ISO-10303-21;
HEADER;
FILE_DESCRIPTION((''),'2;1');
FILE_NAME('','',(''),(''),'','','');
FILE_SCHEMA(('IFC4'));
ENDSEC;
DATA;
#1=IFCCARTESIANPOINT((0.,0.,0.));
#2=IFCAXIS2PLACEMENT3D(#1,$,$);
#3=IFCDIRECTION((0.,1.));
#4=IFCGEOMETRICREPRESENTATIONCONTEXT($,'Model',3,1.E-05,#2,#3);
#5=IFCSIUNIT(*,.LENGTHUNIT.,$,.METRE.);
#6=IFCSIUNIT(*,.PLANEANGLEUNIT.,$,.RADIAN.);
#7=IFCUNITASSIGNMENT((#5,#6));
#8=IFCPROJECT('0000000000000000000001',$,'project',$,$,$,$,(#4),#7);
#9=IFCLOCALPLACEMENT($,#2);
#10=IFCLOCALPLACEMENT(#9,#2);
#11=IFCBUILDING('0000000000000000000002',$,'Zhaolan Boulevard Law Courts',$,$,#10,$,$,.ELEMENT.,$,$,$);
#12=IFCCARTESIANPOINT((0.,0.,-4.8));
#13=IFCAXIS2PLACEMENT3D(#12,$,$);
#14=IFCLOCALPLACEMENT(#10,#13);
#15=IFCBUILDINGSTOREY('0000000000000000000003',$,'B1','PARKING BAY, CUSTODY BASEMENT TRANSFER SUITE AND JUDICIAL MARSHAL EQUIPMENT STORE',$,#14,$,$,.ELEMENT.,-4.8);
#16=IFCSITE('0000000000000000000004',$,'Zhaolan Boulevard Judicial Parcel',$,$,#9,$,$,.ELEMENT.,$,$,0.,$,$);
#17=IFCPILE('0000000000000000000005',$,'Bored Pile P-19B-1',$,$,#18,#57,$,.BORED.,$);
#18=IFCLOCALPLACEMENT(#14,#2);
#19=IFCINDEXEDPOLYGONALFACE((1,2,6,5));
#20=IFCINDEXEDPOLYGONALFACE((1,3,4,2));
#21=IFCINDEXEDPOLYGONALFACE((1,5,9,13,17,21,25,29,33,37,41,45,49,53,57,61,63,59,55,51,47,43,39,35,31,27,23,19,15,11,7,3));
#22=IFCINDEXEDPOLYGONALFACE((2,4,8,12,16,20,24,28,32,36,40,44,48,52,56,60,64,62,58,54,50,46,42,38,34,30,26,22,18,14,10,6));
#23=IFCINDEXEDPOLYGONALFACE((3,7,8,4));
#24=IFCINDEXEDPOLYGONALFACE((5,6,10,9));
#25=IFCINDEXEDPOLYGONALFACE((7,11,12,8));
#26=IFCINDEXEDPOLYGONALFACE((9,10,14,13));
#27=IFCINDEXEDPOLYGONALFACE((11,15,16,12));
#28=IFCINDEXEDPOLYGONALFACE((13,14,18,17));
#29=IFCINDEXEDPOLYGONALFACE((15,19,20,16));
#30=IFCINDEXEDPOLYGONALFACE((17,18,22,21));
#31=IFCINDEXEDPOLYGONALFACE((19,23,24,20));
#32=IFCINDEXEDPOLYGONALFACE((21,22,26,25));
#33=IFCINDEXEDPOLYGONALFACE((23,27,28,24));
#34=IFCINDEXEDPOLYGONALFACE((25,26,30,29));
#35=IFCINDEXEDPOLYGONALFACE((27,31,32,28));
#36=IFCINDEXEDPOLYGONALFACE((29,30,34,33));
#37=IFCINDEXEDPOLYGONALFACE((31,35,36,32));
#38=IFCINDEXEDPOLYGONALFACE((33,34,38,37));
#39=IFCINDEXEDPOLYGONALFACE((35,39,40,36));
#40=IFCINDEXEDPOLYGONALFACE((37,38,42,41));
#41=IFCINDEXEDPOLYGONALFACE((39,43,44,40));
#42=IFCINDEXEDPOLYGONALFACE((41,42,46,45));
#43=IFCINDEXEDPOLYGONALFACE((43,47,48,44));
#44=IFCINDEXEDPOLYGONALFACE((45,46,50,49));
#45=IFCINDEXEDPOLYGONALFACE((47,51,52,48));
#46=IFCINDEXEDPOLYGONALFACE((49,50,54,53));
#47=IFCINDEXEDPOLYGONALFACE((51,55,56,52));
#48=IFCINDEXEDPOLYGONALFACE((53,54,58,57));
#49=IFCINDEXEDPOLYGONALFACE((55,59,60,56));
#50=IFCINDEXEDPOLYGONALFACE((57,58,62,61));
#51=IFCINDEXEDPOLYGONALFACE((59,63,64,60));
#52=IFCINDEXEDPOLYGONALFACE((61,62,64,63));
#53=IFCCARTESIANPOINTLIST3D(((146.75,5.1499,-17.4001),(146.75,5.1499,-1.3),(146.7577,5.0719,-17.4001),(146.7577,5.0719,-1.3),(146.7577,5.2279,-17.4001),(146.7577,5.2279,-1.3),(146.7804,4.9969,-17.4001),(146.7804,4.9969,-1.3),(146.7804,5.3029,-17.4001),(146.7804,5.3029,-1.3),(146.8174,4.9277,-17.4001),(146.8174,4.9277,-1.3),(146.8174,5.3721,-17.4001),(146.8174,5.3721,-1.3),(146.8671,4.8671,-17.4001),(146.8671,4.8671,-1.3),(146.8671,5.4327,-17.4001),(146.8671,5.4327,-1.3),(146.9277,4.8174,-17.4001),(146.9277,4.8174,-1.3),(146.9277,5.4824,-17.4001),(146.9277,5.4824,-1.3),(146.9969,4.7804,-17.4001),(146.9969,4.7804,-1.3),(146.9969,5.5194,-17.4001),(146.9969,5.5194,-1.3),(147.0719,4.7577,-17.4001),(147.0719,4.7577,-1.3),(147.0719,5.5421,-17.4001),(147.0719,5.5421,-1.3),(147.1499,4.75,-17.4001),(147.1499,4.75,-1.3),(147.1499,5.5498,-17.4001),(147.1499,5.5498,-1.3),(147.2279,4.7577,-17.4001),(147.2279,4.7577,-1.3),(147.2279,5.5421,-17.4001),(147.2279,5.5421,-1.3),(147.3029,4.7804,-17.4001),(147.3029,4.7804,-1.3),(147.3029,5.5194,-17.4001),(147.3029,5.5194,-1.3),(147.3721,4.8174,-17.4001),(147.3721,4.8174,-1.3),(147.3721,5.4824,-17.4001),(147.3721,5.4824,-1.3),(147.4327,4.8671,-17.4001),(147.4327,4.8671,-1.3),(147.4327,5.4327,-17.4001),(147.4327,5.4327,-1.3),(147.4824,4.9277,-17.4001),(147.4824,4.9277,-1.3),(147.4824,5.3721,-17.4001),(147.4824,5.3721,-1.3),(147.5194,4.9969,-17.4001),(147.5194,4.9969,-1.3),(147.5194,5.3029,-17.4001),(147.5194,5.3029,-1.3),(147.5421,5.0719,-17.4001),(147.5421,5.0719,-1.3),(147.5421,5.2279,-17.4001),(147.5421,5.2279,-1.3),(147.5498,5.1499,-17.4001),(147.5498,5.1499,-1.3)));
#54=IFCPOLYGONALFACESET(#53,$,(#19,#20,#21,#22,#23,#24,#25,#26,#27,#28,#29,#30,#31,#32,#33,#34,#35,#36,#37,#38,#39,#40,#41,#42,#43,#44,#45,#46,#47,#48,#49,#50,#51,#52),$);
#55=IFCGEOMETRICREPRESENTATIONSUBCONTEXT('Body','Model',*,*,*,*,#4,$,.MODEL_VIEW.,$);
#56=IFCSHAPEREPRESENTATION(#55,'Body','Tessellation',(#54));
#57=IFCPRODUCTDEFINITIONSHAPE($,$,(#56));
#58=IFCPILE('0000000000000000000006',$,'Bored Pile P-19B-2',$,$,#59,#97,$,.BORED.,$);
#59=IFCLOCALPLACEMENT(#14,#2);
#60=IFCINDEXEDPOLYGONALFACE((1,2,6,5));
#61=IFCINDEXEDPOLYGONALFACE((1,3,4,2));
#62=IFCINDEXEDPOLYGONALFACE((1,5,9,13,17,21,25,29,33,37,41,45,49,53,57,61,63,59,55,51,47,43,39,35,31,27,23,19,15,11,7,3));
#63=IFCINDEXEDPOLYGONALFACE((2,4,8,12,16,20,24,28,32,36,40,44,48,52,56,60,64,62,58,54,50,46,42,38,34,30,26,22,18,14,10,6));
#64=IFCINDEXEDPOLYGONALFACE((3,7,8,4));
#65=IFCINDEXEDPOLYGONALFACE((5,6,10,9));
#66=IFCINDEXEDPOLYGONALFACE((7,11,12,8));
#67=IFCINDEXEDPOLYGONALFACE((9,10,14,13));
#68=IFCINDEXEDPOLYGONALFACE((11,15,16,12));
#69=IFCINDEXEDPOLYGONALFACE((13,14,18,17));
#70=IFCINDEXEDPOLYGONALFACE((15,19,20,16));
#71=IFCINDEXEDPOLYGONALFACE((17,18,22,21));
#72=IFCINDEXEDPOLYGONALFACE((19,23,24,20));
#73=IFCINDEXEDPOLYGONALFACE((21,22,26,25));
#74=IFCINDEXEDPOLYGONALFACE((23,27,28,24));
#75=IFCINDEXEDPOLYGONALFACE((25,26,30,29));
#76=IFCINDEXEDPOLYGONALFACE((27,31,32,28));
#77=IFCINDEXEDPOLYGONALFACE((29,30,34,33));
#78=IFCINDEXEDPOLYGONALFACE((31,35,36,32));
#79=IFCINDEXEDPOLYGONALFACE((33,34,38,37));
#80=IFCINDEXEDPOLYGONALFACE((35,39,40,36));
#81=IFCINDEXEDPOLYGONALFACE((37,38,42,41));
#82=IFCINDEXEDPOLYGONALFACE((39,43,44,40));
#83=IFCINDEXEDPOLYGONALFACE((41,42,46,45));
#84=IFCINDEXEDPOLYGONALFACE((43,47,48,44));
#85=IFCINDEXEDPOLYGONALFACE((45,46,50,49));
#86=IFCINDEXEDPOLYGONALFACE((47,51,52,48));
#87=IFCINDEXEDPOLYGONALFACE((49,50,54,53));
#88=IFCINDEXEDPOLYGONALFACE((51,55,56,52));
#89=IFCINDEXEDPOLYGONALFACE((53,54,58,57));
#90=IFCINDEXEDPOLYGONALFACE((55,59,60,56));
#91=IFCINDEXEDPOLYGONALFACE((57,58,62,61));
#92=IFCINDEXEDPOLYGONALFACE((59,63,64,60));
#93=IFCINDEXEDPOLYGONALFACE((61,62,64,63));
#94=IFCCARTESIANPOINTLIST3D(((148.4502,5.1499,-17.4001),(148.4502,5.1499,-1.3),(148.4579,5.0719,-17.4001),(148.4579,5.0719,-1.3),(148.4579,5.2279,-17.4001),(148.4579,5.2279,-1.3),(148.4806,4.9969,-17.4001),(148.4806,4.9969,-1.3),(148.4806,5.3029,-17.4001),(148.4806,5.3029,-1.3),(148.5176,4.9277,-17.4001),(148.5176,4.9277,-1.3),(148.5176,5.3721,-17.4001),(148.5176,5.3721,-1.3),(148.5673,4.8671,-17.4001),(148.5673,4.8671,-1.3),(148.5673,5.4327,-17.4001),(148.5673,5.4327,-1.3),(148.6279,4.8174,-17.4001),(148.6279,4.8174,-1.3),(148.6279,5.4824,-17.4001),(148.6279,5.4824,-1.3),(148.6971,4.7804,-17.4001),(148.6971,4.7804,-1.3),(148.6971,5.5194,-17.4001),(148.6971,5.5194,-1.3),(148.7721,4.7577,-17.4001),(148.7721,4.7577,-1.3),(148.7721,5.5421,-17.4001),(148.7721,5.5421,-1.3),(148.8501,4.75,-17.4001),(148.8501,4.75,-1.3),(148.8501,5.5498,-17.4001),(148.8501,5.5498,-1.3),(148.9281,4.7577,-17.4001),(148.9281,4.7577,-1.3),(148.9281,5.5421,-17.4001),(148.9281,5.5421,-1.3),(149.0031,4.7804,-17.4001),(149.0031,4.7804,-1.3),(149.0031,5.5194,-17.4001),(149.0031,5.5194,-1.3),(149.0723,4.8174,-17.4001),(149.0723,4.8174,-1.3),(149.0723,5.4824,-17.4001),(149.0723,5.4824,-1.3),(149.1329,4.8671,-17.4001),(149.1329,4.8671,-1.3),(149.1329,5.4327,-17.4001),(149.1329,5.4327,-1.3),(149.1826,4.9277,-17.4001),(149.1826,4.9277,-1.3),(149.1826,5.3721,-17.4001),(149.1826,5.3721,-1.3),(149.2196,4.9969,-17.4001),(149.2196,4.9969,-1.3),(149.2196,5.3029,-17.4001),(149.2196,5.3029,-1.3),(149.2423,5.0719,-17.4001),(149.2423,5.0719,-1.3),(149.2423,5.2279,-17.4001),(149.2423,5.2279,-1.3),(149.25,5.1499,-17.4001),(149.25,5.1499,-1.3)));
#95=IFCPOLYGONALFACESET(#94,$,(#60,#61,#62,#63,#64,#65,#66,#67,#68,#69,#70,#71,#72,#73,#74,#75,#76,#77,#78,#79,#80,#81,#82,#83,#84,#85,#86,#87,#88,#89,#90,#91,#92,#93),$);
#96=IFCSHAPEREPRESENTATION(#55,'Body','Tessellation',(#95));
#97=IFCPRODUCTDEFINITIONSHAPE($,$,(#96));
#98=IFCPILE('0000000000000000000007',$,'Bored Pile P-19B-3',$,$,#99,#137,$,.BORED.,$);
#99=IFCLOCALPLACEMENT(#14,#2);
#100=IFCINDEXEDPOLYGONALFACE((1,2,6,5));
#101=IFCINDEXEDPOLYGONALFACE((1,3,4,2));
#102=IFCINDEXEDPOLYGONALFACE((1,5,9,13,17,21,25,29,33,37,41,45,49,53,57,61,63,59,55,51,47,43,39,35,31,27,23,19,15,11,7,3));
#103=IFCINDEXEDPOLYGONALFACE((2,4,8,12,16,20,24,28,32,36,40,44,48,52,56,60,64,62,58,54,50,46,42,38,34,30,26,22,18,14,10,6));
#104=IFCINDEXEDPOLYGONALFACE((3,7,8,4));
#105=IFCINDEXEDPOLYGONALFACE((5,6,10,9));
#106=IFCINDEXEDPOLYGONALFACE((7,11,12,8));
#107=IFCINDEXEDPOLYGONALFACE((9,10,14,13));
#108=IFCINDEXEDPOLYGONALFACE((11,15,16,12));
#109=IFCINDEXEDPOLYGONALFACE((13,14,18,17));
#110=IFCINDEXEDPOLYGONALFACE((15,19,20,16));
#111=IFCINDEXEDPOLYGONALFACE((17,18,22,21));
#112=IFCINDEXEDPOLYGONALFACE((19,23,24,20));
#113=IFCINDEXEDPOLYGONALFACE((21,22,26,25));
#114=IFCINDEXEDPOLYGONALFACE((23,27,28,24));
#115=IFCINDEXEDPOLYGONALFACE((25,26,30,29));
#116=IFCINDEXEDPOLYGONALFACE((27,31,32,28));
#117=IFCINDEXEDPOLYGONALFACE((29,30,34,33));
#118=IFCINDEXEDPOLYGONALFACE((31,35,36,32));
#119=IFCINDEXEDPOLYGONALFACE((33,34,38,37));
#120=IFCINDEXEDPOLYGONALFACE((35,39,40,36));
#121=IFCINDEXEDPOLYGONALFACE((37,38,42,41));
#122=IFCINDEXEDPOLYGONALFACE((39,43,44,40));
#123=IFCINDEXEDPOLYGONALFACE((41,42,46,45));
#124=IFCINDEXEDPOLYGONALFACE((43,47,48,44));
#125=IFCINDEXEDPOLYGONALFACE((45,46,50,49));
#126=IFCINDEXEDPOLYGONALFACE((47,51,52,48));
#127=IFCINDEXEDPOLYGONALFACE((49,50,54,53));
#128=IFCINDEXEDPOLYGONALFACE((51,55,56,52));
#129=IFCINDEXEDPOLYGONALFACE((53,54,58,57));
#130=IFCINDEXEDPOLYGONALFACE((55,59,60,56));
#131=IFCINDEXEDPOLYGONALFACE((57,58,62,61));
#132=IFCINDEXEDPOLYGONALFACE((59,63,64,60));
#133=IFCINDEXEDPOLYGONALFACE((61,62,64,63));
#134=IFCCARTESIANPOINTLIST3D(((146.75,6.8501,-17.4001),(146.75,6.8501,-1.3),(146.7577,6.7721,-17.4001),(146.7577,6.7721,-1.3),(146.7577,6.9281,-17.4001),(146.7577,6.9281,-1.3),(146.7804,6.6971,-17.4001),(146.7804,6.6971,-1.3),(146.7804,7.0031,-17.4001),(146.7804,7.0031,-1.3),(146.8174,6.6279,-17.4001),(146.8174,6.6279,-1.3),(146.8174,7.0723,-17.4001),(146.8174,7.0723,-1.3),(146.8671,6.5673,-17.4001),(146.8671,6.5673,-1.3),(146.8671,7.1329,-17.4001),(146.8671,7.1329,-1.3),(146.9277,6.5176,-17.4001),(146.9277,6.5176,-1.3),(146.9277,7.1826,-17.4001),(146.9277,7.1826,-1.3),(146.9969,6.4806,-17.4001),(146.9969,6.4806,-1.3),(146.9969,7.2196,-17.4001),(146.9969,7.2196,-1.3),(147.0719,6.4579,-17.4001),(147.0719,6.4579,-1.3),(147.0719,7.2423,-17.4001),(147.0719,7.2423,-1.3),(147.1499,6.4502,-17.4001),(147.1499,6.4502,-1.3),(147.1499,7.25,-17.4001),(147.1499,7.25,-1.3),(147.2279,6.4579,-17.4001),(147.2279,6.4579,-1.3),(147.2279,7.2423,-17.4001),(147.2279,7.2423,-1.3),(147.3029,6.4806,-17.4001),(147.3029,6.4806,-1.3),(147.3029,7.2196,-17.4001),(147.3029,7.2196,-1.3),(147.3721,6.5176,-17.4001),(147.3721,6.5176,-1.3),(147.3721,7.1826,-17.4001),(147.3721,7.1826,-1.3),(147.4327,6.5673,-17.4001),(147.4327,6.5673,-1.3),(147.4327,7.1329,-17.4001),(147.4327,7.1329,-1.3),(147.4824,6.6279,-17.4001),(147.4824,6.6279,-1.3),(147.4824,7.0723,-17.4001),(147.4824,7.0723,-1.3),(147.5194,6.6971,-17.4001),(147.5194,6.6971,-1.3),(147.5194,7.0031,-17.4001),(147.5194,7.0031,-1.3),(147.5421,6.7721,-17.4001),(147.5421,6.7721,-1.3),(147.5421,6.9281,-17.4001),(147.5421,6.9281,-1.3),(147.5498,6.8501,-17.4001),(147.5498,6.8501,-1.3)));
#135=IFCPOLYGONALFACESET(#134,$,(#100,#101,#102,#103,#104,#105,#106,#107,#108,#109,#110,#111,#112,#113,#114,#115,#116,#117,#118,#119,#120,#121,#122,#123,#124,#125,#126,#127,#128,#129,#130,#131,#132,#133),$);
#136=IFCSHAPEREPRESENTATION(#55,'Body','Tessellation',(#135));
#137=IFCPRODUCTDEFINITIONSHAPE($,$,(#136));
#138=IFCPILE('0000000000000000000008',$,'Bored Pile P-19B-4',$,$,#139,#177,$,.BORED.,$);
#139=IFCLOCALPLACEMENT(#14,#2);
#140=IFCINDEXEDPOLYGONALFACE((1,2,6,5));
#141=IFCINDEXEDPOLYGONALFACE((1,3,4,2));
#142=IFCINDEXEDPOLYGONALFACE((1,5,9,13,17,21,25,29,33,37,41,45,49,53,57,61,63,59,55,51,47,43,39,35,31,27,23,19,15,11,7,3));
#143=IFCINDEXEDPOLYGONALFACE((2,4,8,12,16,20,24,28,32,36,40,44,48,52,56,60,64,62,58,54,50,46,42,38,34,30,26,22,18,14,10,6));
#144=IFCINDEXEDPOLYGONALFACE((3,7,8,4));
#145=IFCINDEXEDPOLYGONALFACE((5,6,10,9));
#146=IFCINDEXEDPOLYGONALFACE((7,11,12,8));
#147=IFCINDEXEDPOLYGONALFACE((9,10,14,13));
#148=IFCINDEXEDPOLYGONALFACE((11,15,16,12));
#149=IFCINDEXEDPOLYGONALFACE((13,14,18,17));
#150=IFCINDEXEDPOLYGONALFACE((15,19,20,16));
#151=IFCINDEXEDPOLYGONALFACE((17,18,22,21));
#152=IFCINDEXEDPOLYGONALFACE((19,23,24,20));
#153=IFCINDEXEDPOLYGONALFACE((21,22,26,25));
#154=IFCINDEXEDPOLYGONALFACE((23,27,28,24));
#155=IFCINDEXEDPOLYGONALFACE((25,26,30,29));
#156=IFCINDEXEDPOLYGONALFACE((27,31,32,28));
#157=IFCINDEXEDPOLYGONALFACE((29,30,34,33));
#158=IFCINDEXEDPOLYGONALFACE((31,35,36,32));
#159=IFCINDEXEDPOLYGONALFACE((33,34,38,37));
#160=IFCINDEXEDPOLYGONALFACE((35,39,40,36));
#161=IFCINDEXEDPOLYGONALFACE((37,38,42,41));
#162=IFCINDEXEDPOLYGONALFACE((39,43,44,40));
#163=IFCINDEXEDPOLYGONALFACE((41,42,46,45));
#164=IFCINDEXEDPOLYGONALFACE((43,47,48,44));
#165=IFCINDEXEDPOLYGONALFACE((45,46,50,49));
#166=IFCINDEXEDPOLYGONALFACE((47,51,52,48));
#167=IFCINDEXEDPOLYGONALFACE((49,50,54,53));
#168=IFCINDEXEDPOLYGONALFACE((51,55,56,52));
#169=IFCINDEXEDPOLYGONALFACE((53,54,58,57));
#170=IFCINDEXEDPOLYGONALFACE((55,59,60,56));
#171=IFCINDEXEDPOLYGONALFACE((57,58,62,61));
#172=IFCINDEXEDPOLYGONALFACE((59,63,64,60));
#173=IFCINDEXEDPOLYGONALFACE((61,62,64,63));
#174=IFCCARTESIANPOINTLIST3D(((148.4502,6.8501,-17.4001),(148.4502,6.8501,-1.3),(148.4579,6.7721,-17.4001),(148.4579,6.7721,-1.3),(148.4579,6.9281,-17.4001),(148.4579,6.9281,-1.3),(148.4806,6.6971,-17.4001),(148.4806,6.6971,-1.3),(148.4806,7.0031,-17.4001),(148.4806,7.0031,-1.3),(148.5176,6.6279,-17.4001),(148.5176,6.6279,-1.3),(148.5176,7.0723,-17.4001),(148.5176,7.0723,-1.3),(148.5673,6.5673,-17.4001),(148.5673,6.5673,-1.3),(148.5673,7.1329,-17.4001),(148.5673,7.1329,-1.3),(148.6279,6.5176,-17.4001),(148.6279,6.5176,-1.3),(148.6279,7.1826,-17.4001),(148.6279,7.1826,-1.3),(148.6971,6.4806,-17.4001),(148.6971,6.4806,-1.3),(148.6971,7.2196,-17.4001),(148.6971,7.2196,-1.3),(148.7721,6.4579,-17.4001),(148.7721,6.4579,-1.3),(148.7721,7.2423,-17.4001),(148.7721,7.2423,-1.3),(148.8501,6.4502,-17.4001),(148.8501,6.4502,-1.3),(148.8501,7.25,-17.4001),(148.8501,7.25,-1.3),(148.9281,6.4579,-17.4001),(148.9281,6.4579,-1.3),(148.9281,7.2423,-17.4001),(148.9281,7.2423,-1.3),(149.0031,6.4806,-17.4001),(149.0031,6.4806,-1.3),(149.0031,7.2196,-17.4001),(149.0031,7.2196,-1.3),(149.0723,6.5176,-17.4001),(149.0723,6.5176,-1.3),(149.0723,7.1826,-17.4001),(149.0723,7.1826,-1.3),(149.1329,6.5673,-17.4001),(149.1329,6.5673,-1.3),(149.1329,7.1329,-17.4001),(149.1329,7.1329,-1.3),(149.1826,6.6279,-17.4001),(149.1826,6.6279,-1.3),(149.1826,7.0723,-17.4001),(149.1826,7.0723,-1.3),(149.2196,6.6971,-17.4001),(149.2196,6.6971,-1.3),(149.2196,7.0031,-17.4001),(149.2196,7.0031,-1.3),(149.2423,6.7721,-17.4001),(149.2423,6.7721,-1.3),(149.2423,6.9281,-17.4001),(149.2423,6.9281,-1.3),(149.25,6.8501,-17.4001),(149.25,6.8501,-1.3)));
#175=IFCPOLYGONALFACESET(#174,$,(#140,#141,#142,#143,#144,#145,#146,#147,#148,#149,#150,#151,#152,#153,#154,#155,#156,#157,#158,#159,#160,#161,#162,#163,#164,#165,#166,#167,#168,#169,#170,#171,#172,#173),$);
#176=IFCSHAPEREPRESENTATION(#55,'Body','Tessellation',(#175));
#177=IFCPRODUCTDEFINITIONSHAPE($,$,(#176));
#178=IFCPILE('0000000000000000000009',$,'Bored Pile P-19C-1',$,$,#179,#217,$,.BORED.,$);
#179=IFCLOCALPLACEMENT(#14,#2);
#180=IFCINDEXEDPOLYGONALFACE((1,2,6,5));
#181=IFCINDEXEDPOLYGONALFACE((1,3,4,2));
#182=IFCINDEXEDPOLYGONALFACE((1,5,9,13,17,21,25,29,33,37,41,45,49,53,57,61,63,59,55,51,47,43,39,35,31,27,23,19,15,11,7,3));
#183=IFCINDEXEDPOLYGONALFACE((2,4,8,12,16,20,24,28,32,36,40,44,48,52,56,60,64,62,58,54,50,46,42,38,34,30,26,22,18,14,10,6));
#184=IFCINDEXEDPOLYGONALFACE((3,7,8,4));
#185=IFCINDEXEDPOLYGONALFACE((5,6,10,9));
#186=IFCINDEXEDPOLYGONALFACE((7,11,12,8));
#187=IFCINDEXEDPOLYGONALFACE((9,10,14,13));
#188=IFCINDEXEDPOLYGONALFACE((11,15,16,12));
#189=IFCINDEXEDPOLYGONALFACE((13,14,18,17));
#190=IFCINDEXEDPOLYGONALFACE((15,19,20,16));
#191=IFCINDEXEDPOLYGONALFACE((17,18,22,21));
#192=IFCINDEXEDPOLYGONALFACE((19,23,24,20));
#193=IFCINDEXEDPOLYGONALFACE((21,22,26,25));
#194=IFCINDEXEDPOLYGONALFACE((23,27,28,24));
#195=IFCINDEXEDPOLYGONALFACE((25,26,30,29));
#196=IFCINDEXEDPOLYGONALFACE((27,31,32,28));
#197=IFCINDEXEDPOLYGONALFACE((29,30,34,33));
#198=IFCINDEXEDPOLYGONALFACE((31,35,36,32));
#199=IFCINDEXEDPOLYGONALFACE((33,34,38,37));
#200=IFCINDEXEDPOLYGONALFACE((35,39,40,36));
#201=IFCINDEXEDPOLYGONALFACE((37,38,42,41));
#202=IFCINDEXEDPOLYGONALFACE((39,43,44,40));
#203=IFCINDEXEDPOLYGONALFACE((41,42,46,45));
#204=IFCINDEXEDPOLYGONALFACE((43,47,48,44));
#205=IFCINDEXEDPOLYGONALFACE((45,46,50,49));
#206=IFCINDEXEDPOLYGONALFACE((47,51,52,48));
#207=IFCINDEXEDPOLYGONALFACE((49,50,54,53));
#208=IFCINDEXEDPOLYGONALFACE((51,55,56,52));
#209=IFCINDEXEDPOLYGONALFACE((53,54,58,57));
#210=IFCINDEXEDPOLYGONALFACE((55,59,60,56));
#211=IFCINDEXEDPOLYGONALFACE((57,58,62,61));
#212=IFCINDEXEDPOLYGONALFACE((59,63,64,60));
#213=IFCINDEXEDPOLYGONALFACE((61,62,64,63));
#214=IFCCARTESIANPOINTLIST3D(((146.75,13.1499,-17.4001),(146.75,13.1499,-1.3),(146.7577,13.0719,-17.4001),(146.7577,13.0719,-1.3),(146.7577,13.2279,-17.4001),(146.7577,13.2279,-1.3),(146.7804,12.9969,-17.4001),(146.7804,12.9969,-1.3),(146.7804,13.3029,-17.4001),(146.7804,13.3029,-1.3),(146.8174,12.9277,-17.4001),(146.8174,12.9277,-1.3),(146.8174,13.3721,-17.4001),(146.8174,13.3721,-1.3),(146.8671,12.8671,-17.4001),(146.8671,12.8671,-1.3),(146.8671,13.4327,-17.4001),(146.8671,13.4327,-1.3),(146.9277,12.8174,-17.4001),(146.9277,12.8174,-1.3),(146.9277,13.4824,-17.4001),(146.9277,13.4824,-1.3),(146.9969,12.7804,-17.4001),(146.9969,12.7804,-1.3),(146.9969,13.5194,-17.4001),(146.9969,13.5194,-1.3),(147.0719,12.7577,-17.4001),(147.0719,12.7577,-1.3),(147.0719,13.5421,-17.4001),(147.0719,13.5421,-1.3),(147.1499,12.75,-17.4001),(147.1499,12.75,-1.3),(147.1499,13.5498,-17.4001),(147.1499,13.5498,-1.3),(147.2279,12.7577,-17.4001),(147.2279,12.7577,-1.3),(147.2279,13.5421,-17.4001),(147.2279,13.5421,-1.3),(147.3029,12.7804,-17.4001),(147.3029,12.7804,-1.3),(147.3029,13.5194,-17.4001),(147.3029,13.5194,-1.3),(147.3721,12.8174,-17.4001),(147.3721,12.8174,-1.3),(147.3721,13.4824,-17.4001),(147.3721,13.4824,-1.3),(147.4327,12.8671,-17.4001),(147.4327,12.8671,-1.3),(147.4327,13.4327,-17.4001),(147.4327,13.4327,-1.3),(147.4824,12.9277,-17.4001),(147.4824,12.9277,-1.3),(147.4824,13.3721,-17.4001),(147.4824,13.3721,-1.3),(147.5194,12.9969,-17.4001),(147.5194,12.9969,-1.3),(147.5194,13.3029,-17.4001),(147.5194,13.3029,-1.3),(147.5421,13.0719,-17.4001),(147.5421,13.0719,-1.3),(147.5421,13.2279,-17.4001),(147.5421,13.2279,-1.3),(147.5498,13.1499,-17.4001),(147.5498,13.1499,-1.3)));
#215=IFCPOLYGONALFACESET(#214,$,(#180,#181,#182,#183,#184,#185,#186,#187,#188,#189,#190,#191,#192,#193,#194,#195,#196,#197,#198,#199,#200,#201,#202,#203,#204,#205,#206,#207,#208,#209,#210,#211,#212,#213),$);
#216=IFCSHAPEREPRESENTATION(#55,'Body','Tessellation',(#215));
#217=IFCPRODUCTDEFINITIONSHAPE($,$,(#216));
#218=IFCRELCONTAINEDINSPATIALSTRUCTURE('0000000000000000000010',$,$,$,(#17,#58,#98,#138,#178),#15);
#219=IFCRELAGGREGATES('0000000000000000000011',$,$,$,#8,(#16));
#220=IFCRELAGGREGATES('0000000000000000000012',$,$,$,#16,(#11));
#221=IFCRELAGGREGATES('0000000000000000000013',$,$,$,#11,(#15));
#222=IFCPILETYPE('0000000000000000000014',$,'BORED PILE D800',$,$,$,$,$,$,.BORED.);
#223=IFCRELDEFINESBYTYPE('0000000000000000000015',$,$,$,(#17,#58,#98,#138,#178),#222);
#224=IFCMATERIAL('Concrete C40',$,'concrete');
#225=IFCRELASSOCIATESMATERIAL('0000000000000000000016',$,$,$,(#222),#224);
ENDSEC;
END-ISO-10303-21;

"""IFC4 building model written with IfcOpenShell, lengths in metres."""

from ifc_helpers import new_model, si_unit, direction, frame, origin, origin_2d, place, context, subcontext, project, spatial, circle, extrude, material, material_profile, profile_set, type_object, element, save


model = new_model("IFC4")

# Units and contexts
model_context = context("Model", 3, precision=1e-05, world=origin(), true_north=direction((0.0, 1.0)))
body_context = subcontext(model_context, "Body", "Model", "MODEL_VIEW")
ifc_project = project(units=[si_unit("LENGTHUNIT", "METRE"), si_unit("PLANEANGLEUNIT", "RADIAN")], contexts=[model_context])

# Site, building, storey
site_placement = place(None, origin())
site = spatial("IfcSite", under=ifc_project, at=site_placement, Name="Zhaolan Boulevard Judicial Parcel", CompositionType="ELEMENT", RefElevation=0.0)
building_placement = place(site_placement, origin())
building = spatial("IfcBuilding", under=site, at=building_placement, Name="Zhaolan Boulevard Law Courts", CompositionType="ELEMENT")
storey_placement = place(building_placement, frame((0.0, 0.0, -4.8)))
storey = spatial("IfcBuildingStorey", under=building, at=storey_placement, Name="B1", Description="PARKING BAY, CUSTODY BASEMENT TRANSFER SUITE AND JUDICIAL MARSHAL EQUIPMENT STORE", CompositionType="ELEMENT", Elevation=-4.8)

# Piles
ifc_material_1 = material(Name="Concrete C40", Category="concrete")
ifc_material_profile_1 = material_profile(ifc_material_1, circle(Radius=0.3999, at=origin_2d()), Name="PILE-D800")
ifc_profile_set_1 = profile_set([ifc_material_profile_1], Name="Concrete C40")
pile_type = type_object("IfcPileType", Name="BORED PILE D800", PredefinedType="BORED", material=ifc_profile_set_1)
for number, where, z_axis, x_axis, name in (
    (1, (147.1499, 5.1499, -1.3), (0.0, 0.0, -1.0), (1.0, 0.0, 0.0), "Bored Pile P-19B-1"),
    (2, (148.8501, 5.1499, -1.3), (0.0, 0.0, -1.0), (1.0, 0.0, 0.0), "Bored Pile P-19B-2"),
    (3, (147.1499, 6.8501, -1.3), (0.0, 0.0, -1.0), (1.0, 0.0, 0.0), "Bored Pile P-19B-3"),
    (4, (148.8501, 6.8501, -1.3), (0.0, 0.0, -1.0), (1.0, 0.0, 0.0), "Bored Pile P-19B-4"),
    (5, (147.1499, 13.1499, -1.3), (0.0, 0.0, -1.0), (1.0, 0.0, 0.0), "Bored Pile P-19C-1"),
):
    element("IfcPile", number, at=place(storey_placement, frame(where, z_axis=z_axis, x_axis=x_axis)), inside=storey, type_object=pile_type, Name=name, PredefinedType="BORED", context=body_context, shape_type="SweptSolid", body=[
        extrude(circle(Radius=0.3999, at=origin_2d()), origin(), (0.0, 0.0, 1.0), 16.1001),
    ])

save(model, "model.ifc")
